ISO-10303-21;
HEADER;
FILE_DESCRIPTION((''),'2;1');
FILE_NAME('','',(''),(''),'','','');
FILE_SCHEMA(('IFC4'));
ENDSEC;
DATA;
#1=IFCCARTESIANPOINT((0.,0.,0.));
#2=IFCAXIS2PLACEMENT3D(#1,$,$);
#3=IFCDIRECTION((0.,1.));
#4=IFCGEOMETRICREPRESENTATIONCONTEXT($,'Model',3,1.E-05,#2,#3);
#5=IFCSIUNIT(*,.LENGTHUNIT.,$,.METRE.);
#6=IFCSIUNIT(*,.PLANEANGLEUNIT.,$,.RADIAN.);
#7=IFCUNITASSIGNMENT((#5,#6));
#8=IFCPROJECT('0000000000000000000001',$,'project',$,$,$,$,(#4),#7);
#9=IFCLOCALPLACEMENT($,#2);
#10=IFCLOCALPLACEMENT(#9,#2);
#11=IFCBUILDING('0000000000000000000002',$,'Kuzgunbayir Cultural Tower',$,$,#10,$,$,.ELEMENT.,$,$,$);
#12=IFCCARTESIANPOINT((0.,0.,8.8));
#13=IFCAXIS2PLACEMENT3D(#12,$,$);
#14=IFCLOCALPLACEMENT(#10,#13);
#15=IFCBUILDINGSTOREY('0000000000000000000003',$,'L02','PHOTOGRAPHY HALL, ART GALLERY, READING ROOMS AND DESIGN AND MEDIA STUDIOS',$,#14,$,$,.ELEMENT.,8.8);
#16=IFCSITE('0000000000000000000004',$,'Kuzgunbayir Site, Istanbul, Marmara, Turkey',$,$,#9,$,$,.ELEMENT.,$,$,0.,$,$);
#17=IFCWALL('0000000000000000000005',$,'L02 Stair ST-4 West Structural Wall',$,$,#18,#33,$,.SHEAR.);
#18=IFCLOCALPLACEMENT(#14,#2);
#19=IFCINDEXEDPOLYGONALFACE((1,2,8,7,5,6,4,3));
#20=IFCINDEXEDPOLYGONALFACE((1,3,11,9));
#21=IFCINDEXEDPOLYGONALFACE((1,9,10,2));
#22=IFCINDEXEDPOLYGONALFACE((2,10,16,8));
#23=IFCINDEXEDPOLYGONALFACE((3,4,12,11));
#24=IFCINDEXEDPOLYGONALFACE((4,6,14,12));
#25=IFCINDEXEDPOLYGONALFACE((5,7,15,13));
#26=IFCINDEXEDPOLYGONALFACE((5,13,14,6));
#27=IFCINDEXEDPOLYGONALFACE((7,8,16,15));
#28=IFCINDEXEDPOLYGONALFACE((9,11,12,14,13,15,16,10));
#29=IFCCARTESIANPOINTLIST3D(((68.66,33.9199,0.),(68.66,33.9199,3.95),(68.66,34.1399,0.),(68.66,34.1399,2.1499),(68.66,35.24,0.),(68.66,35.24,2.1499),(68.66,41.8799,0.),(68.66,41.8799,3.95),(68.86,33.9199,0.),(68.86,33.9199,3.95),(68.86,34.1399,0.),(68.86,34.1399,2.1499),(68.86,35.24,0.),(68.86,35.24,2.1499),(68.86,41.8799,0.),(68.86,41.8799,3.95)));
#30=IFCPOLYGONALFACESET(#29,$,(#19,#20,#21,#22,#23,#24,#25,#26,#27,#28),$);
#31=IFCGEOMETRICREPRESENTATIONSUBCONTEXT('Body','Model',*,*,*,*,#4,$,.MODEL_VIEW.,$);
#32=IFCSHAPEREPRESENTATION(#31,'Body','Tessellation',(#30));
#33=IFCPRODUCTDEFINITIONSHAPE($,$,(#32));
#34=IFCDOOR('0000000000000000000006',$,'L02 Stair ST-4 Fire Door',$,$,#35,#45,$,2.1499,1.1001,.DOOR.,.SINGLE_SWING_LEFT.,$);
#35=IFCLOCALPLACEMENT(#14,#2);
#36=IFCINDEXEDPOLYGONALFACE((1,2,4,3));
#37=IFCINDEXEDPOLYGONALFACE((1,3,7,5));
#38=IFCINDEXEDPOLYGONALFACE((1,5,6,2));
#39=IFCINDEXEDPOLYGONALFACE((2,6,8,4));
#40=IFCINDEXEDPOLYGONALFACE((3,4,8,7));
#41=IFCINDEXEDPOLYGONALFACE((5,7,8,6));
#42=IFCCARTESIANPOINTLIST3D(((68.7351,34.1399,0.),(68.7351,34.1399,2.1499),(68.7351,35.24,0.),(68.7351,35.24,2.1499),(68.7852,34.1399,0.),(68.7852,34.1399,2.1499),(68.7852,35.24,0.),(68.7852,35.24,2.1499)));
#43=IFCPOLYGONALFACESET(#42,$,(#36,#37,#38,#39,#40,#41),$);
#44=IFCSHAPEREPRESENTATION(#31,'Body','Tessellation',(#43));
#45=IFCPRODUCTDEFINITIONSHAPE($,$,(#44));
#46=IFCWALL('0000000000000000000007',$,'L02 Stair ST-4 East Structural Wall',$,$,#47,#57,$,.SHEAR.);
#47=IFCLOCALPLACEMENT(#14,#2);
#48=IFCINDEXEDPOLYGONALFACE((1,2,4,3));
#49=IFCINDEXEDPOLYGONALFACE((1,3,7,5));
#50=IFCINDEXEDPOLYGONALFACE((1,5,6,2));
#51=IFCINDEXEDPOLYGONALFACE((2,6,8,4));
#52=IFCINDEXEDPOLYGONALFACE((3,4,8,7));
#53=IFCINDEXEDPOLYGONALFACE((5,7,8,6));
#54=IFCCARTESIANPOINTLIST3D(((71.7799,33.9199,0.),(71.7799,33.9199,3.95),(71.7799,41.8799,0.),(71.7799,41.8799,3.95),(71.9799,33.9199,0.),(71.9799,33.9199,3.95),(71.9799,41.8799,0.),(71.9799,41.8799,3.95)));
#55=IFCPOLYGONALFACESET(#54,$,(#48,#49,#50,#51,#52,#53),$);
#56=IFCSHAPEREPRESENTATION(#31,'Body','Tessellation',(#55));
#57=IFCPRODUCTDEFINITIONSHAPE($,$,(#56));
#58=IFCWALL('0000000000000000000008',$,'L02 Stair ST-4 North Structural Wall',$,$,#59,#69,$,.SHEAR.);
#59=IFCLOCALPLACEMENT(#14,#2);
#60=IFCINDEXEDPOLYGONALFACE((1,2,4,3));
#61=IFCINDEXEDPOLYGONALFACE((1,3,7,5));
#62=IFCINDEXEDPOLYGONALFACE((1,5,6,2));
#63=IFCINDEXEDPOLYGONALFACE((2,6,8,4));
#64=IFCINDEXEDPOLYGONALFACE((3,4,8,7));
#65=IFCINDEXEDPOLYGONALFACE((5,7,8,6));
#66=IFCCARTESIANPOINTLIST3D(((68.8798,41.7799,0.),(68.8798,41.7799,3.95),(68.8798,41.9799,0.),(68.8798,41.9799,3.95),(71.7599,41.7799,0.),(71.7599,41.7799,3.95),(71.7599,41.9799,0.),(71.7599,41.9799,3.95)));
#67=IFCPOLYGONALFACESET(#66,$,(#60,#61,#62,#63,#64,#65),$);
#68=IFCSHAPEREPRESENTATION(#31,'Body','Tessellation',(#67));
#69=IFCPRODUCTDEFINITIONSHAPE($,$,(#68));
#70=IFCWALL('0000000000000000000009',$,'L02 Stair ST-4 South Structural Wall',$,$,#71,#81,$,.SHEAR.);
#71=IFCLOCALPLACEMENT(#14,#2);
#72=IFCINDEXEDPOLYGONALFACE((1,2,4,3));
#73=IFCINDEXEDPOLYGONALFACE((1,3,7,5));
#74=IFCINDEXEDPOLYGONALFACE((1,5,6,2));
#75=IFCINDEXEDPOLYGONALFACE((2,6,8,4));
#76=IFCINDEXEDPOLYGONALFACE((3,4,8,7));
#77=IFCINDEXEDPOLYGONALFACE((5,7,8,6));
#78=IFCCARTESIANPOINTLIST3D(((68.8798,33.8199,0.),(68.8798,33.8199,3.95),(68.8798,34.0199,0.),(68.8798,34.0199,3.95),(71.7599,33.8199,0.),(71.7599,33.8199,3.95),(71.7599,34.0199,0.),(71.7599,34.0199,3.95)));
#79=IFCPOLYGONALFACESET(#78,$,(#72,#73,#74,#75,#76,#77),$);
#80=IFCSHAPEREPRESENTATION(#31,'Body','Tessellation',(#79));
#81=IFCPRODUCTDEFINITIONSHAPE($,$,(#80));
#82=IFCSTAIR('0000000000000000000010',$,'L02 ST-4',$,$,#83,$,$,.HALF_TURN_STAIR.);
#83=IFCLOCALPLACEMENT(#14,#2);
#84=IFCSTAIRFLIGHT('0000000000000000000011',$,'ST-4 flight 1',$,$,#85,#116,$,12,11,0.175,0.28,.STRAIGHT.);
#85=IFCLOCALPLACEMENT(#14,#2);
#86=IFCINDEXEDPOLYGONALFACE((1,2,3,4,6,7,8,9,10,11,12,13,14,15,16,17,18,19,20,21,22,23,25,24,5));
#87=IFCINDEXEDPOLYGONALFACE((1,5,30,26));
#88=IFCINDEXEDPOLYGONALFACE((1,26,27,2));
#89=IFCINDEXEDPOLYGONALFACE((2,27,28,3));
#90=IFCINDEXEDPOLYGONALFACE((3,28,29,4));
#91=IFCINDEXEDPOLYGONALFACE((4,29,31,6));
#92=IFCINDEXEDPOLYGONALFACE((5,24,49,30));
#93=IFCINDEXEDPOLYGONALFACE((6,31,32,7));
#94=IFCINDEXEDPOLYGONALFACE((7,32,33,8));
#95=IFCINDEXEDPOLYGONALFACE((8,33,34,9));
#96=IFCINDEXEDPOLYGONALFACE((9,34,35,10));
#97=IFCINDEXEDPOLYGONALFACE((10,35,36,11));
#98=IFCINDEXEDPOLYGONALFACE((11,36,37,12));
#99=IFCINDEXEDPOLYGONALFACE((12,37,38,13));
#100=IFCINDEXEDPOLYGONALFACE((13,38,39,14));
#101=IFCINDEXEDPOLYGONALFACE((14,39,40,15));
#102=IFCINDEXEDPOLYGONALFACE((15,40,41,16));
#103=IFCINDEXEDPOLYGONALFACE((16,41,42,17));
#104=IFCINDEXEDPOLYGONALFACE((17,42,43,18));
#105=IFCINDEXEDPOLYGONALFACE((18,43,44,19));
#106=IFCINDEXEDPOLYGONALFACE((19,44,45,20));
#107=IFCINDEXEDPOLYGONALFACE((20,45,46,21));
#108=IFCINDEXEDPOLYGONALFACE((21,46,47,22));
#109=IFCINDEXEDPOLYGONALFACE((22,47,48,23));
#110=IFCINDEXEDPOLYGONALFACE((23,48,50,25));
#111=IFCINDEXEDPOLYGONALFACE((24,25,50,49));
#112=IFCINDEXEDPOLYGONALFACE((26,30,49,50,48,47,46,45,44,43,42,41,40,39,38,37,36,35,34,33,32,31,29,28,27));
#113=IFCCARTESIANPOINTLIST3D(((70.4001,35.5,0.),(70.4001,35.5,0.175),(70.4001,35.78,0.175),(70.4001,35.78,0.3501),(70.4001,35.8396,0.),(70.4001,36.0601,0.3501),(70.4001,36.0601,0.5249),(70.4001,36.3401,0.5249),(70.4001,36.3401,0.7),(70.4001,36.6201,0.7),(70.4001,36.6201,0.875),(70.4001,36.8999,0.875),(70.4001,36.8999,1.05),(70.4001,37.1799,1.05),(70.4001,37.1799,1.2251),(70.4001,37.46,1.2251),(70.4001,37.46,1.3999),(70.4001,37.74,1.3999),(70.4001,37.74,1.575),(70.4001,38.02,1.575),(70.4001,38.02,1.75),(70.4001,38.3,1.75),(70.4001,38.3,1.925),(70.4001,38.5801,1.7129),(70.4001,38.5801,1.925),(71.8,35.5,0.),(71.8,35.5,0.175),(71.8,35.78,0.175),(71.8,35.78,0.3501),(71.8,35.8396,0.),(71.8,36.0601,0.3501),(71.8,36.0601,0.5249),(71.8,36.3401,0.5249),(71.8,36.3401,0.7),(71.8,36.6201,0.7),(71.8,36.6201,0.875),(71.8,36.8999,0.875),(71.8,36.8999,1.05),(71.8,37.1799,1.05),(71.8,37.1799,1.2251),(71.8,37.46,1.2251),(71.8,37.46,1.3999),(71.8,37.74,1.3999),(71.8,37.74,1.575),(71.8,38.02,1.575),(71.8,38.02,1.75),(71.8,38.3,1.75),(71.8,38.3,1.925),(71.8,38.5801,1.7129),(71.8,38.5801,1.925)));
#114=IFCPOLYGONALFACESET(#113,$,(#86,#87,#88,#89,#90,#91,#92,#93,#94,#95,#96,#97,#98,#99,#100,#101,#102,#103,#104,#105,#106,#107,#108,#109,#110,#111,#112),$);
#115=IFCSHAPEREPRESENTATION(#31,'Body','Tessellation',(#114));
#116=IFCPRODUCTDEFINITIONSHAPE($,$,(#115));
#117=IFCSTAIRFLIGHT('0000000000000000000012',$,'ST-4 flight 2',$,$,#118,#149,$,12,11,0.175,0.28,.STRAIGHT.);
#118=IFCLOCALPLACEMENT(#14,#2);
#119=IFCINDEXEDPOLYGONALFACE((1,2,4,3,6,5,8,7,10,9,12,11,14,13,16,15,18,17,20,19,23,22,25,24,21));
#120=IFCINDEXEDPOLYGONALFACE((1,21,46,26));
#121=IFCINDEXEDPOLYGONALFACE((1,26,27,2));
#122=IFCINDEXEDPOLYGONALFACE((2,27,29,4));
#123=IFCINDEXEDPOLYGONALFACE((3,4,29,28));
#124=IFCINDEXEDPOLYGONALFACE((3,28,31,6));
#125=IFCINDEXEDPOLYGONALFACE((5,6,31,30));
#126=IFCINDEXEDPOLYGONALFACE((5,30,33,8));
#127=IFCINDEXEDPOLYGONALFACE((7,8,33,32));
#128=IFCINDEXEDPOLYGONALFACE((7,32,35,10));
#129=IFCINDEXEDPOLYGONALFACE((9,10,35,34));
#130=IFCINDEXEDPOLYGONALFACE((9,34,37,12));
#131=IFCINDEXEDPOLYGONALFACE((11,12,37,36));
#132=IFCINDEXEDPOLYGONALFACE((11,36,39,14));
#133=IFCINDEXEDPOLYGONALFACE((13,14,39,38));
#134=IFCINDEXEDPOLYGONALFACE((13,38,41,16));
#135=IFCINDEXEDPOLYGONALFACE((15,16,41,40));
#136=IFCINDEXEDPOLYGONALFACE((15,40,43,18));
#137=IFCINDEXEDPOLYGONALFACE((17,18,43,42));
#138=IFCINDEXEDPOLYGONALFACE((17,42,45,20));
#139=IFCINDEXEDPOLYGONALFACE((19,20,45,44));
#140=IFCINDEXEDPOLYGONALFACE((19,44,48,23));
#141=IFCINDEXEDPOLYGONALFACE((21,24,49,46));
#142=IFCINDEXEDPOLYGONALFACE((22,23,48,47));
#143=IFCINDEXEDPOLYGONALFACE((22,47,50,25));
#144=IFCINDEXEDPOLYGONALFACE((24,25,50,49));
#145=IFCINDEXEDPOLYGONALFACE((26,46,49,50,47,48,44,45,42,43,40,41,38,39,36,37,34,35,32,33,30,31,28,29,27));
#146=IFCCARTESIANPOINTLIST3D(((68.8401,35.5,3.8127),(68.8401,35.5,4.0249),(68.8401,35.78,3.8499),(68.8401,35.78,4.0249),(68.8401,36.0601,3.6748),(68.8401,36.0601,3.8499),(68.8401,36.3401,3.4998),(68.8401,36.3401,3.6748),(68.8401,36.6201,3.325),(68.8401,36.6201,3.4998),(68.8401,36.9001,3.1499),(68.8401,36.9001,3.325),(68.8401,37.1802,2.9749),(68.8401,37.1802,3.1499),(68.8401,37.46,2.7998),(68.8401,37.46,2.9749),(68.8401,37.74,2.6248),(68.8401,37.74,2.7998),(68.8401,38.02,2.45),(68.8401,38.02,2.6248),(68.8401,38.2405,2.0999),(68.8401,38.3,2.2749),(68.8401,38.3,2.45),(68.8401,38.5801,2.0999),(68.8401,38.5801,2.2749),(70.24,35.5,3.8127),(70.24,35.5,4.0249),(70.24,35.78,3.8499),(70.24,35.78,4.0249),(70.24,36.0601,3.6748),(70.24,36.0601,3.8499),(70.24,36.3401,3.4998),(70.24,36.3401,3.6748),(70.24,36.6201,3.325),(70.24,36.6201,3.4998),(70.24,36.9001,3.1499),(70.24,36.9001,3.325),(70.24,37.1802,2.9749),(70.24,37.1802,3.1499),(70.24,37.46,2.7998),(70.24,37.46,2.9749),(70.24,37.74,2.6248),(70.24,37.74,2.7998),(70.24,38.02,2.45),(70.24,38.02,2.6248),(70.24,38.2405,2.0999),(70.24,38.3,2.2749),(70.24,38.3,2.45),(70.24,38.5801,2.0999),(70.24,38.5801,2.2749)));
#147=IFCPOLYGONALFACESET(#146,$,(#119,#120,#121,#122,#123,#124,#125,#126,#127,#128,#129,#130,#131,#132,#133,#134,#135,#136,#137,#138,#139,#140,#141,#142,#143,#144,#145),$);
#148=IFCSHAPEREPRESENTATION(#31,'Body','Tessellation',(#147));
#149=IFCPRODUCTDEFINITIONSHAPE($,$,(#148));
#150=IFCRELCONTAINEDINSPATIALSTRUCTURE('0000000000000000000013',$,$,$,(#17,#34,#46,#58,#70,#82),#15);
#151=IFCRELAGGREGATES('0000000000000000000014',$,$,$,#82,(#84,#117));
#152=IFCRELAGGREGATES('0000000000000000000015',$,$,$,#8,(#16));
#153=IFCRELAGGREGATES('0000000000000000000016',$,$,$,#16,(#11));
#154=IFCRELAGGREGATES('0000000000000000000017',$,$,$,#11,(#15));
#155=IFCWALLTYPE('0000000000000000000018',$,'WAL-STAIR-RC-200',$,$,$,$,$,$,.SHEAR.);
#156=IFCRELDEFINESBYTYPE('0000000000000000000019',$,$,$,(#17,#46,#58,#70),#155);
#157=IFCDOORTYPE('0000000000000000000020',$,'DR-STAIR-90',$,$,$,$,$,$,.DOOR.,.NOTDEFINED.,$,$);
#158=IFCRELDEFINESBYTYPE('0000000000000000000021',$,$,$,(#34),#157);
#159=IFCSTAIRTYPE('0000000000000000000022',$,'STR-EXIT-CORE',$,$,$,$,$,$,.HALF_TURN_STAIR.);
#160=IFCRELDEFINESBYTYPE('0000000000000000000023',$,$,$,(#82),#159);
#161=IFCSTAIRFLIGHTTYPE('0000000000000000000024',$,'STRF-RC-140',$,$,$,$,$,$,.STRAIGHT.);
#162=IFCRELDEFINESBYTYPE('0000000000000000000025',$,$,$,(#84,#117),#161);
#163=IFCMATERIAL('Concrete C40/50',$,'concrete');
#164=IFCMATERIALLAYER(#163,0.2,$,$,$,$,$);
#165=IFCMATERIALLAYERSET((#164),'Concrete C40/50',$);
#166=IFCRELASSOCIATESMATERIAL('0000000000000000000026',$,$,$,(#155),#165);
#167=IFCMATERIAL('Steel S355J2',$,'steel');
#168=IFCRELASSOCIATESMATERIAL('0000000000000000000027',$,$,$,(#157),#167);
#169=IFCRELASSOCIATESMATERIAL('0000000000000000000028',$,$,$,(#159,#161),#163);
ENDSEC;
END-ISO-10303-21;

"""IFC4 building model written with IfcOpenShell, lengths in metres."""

from ifc_helpers import new_model, si_unit, direction, frame, frame_2d, origin, place, context, subcontext, project, spatial, polyline, rectangle, outline, extrude, material, layer, layer_set, type_object, element, fill, aggregate, save


model = new_model("IFC4")

# Units and contexts
model_context = context("Model", 3, precision=1e-05, world=origin(), true_north=direction((0.0, 1.0)))
body_context = subcontext(model_context, "Body", "Model", "MODEL_VIEW")
ifc_project = project(units=[si_unit("LENGTHUNIT", "METRE"), si_unit("PLANEANGLEUNIT", "RADIAN")], contexts=[model_context])

# Site, building, storey
site_placement = place(None, origin())
site = spatial("IfcSite", under=ifc_project, at=site_placement, Name="Kuzgunbayir Site, Istanbul, Marmara, Turkey", CompositionType="ELEMENT", RefElevation=0.0)
building_placement = place(site_placement, origin())
building = spatial("IfcBuilding", under=site, at=building_placement, Name="Kuzgunbayir Cultural Tower", CompositionType="ELEMENT")
storey_placement = place(building_placement, frame((0.0, 0.0, 8.8)))
storey = spatial("IfcBuildingStorey", under=building, at=storey_placement, Name="L02", Description="PHOTOGRAPHY HALL, ART GALLERY, READING ROOMS AND DESIGN AND MEDIA STUDIOS", CompositionType="ELEMENT", Elevation=8.8)

# Shared definitions
ifc_material_1 = material(Name="Concrete C40/50", Category="concrete")

# Wall, opening, door
ifc_layer_1 = layer(ifc_material_1, 0.2)
ifc_layer_set_1 = layer_set([ifc_layer_1], Name="Concrete C40/50")
wall_type_1 = type_object("IfcWallType", Name="WAL-STAIR-RC-200", PredefinedType="SHEAR", material=ifc_layer_set_1)
wall_1_placement = place(storey_placement, frame((68.76, 33.9199, 0.0), z_axis=(0.0, 0.0, 1.0), x_axis=(0.0, 1.0, 0.0)))
wall_1 = element("IfcWall", 1, at=wall_1_placement, inside=storey, type_object=wall_type_1, Name="L02 Stair ST-4 West Structural Wall", PredefinedType="SHEAR", context=body_context, shape_type="SweptSolid", body=[
    extrude(rectangle(XDim=7.96, YDim=0.2, at=frame_2d((3.98, 0.0))), origin(), (0.0, 0.0, 1.0), 3.95),
])
opening_1_placement = place(wall_1_placement, frame((0.22, 0.0, 0.0)))
opening_1 = element("IfcOpeningElement", 2, at=opening_1_placement, cuts=wall_1, PredefinedType="OPENING", context=body_context, shape_type="SweptSolid", body=[
    extrude(rectangle(XDim=1.1001, YDim=2.1499, at=frame_2d((0.55, 1.075))), frame((0.0, 0.1099, 0.0), z_axis=(0.0, -1.0, 0.0), x_axis=(1.0, 0.0, 0.0)), (0.0, 0.0, 1.0), 0.22),
])
ifc_material_2 = material(Name="Steel S355J2", Category="steel")
door_type = type_object("IfcDoorType", Name="DR-STAIR-90", OperationType="NOTDEFINED", PredefinedType="DOOR", material=ifc_material_2)
door_placement = place(opening_1_placement, origin())
door = element("IfcDoor", 3, at=door_placement, inside=storey, type_object=door_type, Name="L02 Stair ST-4 Fire Door", OperationType="SINGLE_SWING_LEFT", OverallHeight=2.1499, OverallWidth=1.1001, PredefinedType="DOOR", context=body_context, shape_type="SweptSolid", body=[
    extrude(rectangle(XDim=1.1001, YDim=2.1499, at=frame_2d((0.55, 1.075))), frame((0.0, 0.0249, 0.0), z_axis=(0.0, -1.0, 0.0), x_axis=(1.0, 0.0, 0.0)), (0.0, 0.0, 1.0), 0.05),
])
fill(opening_1, door)

# Walls
wall_2_placement = place(storey_placement, frame((71.8799, 33.9199, 0.0), z_axis=(0.0, 0.0, 1.0), x_axis=(0.0, 1.0, 0.0)))
element("IfcWall", 4, at=wall_2_placement, inside=storey, type_object=wall_type_1, Name="L02 Stair ST-4 East Structural Wall", PredefinedType="SHEAR", context=body_context, shape_type="SweptSolid", body=[
    extrude(rectangle(XDim=7.96, YDim=0.2, at=frame_2d((3.98, 0.0))), origin(), (0.0, 0.0, 1.0), 3.95),
])
for number, where, z_axis, x_axis, name in (
    (5, (68.8799, 41.8799, 0.0), (0.0, 0.0, 1.0), (1.0, 0.0, 0.0), "L02 Stair ST-4 North Structural Wall"),
    (6, (68.8799, 33.9199, 0.0), (0.0, 0.0, 1.0), (1.0, 0.0, 0.0), "L02 Stair ST-4 South Structural Wall"),
):
    element("IfcWall", number, at=place(storey_placement, frame(where, z_axis=z_axis, x_axis=x_axis)), inside=storey, type_object=wall_type_1, Name=name, PredefinedType="SHEAR", context=body_context, shape_type="SweptSolid", body=[
        extrude(rectangle(XDim=2.8801, YDim=0.2, at=frame_2d((1.4399, 0.0))), origin(), (0.0, 0.0, 1.0), 3.95),
    ])

# Stair, stair flights
stair_type = type_object("IfcStairType", Name="STR-EXIT-CORE", PredefinedType="HALF_TURN_STAIR", material=ifc_material_1)
stair_placement = place(storey_placement, origin())
stair = element("IfcStair", 7, at=stair_placement, inside=storey, type_object=stair_type, Name="L02 ST-4", PredefinedType="HALF_TURN_STAIR")
stair_flight_type = type_object("IfcStairFlightType", Name="STRF-RC-140", PredefinedType="STRAIGHT", material=ifc_material_1)
stair_flight_1_placement = place(storey_placement, frame((71.1001, 35.5, 0.0), z_axis=(0.0, 0.0, 1.0), x_axis=(0.0, 1.0, 0.0)))
stair_flight_1 = element("IfcStairFlight", 8, at=stair_flight_1_placement, type_object=stair_flight_type, Name="ST-4 flight 1", NumberOfRisers=12, NumberOfTreads=11, PredefinedType="STRAIGHT", RiserHeight=0.175, TreadLength=0.28, context=body_context, shape_type="SweptSolid", body=[
    extrude(outline(polyline([(0.0, 0.0), (0.0, 0.175), (0.28, 0.175), (0.28, 0.3501), (0.5601, 0.3501), (0.5601, 0.5249), (0.8401, 0.5249), (0.8401, 0.7), (1.1201, 0.7), (1.1201, 0.875), (1.3999, 0.875), (1.3999, 1.05), (1.6799, 1.05), (1.6799, 1.2251), (1.96, 1.2251), (1.96, 1.3999), (2.24, 1.3999), (2.24, 1.575), (2.52, 1.575), (2.52, 1.75), (2.8, 1.75), (2.8, 1.925), (3.0801, 1.925), (3.0801, 2.1001), (3.0801, 1.7129), (0.3396, 0.0), (0.0, 0.0)])), frame((0.0, 0.7, 0.0), z_axis=(0.0, -1.0, 0.0), x_axis=(1.0, 0.0, 0.0)), (0.0, 0.0, 1.0), 1.3999),
])
stair_flight_2_placement = place(storey_placement, frame((69.54, 38.5801, 2.0999), z_axis=(0.0, 0.0, 1.0), x_axis=(0.0, -1.0, 0.0)))
stair_flight_2 = element("IfcStairFlight", 9, at=stair_flight_2_placement, type_object=stair_flight_type, Name="ST-4 flight 2", NumberOfRisers=12, NumberOfTreads=11, PredefinedType="STRAIGHT", RiserHeight=0.175, TreadLength=0.28, context=body_context, shape_type="SweptSolid", body=[
    extrude(outline(polyline([(0.0, 0.0), (0.0, 0.175), (0.28, 0.175), (0.28, 0.3501), (0.5601, 0.3501), (0.5601, 0.5249), (0.8401, 0.5249), (0.8401, 0.7), (1.1201, 0.7), (1.1201, 0.875), (1.3999, 0.875), (1.3999, 1.05), (1.6799, 1.05), (1.6799, 1.2251), (1.96, 1.2251), (1.96, 1.3999), (2.24, 1.3999), (2.24, 1.575), (2.52, 1.575), (2.52, 1.75), (2.8, 1.75), (2.8, 1.925), (3.0801, 1.925), (3.0801, 2.1001), (3.0801, 1.7129), (0.3396, 0.0), (0.0, 0.0)])), frame((0.0, 0.7, 0.0), z_axis=(0.0, -1.0, 0.0), x_axis=(1.0, 0.0, 0.0)), (0.0, 0.0, 1.0), 1.3999),
])
aggregate(stair, [stair_flight_1, stair_flight_2])

save(model, "model.ifc")
